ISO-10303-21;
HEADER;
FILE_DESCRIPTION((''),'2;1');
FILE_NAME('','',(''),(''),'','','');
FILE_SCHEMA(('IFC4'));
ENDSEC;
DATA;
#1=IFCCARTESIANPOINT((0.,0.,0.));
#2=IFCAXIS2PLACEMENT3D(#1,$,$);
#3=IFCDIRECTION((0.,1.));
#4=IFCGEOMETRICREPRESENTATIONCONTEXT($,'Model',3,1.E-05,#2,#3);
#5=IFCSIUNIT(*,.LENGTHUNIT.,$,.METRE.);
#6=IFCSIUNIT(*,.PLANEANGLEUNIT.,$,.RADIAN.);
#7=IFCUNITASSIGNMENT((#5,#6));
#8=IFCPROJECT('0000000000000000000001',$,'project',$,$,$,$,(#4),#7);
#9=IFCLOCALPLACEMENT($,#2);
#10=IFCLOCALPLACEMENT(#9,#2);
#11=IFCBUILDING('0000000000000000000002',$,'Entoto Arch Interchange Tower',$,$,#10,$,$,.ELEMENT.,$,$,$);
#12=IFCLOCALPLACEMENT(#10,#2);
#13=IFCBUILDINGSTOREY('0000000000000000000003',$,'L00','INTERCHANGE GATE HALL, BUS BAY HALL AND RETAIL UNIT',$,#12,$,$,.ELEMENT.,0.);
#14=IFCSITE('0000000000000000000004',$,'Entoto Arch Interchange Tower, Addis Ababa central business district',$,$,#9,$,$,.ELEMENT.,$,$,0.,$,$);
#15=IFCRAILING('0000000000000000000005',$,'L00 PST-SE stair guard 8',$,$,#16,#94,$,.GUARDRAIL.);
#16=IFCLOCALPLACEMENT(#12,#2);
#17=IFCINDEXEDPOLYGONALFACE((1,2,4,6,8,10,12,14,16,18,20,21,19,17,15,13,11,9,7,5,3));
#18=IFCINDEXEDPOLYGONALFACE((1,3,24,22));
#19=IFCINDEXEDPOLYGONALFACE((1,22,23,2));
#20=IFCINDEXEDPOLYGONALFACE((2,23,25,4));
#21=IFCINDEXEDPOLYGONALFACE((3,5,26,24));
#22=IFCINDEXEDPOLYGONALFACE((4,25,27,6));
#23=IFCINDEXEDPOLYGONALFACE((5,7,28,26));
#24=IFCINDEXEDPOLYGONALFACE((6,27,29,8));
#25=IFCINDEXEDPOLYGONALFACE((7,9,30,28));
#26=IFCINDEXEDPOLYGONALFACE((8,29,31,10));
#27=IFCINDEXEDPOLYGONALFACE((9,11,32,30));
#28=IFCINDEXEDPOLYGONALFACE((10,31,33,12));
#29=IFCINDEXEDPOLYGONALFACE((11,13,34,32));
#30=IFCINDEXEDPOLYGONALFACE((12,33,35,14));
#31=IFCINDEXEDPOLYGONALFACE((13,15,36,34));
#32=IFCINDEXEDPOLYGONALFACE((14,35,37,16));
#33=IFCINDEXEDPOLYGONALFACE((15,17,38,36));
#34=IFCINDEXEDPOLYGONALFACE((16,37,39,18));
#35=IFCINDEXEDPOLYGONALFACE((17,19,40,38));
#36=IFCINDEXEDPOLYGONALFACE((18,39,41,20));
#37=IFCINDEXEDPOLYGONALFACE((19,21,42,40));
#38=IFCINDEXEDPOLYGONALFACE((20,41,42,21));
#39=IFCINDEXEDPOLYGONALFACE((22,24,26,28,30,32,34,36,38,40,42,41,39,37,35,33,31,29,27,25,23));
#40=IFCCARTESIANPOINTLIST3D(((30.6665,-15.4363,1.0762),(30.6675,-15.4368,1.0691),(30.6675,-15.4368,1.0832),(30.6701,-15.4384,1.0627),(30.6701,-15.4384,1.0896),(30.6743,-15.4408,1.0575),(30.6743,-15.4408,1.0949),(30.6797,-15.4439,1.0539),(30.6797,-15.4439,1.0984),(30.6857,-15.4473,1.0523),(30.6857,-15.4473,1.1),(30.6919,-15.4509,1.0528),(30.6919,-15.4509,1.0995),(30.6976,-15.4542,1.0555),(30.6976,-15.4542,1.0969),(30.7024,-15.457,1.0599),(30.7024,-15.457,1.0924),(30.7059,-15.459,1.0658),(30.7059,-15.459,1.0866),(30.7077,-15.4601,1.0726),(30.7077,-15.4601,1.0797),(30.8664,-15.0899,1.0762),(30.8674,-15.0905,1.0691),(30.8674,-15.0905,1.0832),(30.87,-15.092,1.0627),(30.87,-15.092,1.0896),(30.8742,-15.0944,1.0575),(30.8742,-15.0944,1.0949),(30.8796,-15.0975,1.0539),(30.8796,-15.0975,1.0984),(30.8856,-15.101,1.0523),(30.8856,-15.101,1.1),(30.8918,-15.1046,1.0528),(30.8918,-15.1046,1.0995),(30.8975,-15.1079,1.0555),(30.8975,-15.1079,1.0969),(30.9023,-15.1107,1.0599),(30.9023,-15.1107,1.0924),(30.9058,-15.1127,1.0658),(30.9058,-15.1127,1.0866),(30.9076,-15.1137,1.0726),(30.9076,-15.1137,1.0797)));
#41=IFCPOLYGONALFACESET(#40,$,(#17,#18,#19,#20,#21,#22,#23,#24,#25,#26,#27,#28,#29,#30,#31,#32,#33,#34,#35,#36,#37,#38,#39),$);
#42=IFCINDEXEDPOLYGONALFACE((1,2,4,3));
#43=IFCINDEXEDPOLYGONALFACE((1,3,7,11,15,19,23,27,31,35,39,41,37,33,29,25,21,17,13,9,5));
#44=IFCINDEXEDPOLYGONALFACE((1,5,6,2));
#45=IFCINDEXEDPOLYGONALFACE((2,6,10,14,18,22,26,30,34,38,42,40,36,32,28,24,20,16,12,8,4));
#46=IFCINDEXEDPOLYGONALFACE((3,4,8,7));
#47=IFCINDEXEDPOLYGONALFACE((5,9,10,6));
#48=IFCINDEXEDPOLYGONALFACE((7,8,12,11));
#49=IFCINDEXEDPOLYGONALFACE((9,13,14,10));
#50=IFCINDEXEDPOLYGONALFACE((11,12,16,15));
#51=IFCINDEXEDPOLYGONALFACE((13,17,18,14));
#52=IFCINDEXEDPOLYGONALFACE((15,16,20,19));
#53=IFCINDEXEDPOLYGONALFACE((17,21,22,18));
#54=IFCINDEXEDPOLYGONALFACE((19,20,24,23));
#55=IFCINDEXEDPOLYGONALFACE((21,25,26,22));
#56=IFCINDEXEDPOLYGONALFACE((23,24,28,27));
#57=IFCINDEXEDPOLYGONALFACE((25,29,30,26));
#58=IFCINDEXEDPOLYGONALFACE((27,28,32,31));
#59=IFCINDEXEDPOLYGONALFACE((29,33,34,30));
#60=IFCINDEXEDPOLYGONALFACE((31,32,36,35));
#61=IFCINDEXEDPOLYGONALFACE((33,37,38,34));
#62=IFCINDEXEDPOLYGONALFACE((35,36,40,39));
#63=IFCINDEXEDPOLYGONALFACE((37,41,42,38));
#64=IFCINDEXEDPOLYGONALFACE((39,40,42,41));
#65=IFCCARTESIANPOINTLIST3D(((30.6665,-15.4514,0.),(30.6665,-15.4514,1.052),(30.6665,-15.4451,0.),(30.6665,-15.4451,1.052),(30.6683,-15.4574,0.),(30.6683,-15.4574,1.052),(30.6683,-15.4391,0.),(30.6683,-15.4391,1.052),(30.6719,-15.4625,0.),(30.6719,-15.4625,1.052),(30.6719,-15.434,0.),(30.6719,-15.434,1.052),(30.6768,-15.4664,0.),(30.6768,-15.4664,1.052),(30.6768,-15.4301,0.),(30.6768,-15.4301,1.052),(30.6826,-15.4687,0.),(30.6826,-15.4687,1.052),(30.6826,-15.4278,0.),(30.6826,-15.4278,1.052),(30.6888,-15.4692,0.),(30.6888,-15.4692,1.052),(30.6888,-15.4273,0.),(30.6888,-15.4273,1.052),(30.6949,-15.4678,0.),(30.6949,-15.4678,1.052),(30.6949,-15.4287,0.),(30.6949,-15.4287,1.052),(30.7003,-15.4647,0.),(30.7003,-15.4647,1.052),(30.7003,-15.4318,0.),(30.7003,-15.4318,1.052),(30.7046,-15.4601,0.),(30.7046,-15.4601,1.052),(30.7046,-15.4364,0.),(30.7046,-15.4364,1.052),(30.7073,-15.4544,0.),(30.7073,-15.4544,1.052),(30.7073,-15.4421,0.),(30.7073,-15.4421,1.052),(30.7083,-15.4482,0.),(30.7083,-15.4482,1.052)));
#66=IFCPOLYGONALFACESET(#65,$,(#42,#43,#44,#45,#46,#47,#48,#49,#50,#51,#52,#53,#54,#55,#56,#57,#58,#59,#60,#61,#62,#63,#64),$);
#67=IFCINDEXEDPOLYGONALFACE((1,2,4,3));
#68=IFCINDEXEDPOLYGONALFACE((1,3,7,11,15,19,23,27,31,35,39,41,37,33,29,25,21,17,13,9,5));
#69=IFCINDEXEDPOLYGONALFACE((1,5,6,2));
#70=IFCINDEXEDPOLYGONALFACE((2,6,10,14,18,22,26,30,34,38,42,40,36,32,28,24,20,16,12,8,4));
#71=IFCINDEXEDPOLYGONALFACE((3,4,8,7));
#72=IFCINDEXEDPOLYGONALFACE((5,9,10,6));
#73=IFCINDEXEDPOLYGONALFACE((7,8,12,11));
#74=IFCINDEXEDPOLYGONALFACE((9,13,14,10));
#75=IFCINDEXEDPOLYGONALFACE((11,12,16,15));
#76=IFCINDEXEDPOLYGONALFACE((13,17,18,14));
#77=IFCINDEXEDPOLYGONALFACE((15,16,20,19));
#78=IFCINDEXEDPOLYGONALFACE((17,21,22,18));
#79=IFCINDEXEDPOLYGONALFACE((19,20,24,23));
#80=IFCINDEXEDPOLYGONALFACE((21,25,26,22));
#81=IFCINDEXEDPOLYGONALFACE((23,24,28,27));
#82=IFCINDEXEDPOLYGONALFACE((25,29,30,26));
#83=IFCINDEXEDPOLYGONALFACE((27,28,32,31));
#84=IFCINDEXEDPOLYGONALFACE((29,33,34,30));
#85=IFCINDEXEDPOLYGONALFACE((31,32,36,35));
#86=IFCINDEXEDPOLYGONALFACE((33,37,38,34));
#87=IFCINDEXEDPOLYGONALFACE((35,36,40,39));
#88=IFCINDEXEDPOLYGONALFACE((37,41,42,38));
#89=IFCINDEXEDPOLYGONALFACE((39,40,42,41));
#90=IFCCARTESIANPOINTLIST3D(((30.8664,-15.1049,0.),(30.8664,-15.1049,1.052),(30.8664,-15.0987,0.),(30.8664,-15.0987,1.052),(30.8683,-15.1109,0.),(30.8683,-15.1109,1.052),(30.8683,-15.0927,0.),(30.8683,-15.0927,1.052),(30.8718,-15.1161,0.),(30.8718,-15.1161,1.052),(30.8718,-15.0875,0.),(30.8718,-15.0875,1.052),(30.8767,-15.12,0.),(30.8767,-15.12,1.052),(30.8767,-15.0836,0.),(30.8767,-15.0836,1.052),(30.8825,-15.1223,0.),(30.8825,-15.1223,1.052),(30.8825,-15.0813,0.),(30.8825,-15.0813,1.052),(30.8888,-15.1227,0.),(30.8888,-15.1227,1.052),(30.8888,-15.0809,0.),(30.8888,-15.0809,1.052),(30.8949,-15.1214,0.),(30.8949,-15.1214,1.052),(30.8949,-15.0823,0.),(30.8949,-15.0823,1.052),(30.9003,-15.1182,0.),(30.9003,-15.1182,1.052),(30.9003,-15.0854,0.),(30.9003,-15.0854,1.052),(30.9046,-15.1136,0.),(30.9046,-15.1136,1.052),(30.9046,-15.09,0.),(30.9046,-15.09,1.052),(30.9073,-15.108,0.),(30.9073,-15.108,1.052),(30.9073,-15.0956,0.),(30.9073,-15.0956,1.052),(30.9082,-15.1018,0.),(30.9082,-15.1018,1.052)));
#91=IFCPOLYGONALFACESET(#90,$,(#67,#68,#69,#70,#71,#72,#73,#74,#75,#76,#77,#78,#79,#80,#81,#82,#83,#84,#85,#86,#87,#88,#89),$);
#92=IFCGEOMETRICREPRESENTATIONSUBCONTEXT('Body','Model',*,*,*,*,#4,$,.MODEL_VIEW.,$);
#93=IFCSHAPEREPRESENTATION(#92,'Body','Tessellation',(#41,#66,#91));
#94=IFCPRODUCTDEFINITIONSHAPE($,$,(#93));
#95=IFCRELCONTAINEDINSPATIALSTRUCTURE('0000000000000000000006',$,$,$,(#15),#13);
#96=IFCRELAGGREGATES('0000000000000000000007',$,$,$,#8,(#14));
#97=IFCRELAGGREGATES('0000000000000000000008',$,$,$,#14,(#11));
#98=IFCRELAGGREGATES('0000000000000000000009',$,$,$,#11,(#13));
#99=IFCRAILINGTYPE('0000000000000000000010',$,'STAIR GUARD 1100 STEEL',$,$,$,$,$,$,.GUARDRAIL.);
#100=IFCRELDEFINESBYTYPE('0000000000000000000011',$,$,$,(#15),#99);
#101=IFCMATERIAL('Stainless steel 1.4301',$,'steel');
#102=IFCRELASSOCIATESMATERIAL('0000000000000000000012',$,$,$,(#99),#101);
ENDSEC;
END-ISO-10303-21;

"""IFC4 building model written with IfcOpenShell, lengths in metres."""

from ifc_helpers import new_model, si_unit, direction, frame, origin, origin_2d, place, context, subcontext, project, spatial, circle, extrude, material, type_object, element, save


model = new_model("IFC4")

# Units and contexts
model_context = context("Model", 3, precision=1e-05, world=origin(), true_north=direction((0.0, 1.0)))
body_context = subcontext(model_context, "Body", "Model", "MODEL_VIEW")
ifc_project = project(units=[si_unit("LENGTHUNIT", "METRE"), si_unit("PLANEANGLEUNIT", "RADIAN")], contexts=[model_context])

# Site, building, storey
site_placement = place(None, origin())
site = spatial("IfcSite", under=ifc_project, at=site_placement, Name="Entoto Arch Interchange Tower, Addis Ababa central business district", CompositionType="ELEMENT", RefElevation=0.0)
building_placement = place(site_placement, origin())
building = spatial("IfcBuilding", under=site, at=building_placement, Name="Entoto Arch Interchange Tower", CompositionType="ELEMENT")
storey_placement = place(building_placement, origin())
storey = spatial("IfcBuildingStorey", under=building, at=storey_placement, Name="L00", Description="INTERCHANGE GATE HALL, BUS BAY HALL AND RETAIL UNIT", CompositionType="ELEMENT", Elevation=0.0)

# Railing
ifc_material_1 = material(Name="Stainless steel 1.4301", Category="steel")
railing_type_1 = type_object("IfcRailingType", Name="STAIR GUARD 1100 STEEL", PredefinedType="GUARDRAIL", material=ifc_material_1)
railing_1_placement = place(storey_placement, frame((30.6873, -15.4482, 0.0)))
element("IfcRailing", 1, at=railing_1_placement, inside=storey, type_object=railing_type_1, Name="L00 PST-SE stair guard 8", PredefinedType="GUARDRAIL", context=body_context, shape_type="SweptSolid", body=[
    extrude(circle(Radius=0.0239, at=origin_2d()), frame((0.0, 0.0, 1.0762), z_axis=(0.499881, 0.866094, 0.0), x_axis=(-0.866094, 0.499881, 0.0)), (0.0, 0.0, 1.0), 0.3999),
    extrude(circle(Radius=0.021, at=origin_2d()), origin(), (0.0, 0.0, 1.0), 1.052),
    extrude(circle(Radius=0.021, at=origin_2d()), frame((0.2, 0.3464, 0.0)), (0.0, 0.0, 1.0), 1.052),
])

save(model, "model.ifc")
